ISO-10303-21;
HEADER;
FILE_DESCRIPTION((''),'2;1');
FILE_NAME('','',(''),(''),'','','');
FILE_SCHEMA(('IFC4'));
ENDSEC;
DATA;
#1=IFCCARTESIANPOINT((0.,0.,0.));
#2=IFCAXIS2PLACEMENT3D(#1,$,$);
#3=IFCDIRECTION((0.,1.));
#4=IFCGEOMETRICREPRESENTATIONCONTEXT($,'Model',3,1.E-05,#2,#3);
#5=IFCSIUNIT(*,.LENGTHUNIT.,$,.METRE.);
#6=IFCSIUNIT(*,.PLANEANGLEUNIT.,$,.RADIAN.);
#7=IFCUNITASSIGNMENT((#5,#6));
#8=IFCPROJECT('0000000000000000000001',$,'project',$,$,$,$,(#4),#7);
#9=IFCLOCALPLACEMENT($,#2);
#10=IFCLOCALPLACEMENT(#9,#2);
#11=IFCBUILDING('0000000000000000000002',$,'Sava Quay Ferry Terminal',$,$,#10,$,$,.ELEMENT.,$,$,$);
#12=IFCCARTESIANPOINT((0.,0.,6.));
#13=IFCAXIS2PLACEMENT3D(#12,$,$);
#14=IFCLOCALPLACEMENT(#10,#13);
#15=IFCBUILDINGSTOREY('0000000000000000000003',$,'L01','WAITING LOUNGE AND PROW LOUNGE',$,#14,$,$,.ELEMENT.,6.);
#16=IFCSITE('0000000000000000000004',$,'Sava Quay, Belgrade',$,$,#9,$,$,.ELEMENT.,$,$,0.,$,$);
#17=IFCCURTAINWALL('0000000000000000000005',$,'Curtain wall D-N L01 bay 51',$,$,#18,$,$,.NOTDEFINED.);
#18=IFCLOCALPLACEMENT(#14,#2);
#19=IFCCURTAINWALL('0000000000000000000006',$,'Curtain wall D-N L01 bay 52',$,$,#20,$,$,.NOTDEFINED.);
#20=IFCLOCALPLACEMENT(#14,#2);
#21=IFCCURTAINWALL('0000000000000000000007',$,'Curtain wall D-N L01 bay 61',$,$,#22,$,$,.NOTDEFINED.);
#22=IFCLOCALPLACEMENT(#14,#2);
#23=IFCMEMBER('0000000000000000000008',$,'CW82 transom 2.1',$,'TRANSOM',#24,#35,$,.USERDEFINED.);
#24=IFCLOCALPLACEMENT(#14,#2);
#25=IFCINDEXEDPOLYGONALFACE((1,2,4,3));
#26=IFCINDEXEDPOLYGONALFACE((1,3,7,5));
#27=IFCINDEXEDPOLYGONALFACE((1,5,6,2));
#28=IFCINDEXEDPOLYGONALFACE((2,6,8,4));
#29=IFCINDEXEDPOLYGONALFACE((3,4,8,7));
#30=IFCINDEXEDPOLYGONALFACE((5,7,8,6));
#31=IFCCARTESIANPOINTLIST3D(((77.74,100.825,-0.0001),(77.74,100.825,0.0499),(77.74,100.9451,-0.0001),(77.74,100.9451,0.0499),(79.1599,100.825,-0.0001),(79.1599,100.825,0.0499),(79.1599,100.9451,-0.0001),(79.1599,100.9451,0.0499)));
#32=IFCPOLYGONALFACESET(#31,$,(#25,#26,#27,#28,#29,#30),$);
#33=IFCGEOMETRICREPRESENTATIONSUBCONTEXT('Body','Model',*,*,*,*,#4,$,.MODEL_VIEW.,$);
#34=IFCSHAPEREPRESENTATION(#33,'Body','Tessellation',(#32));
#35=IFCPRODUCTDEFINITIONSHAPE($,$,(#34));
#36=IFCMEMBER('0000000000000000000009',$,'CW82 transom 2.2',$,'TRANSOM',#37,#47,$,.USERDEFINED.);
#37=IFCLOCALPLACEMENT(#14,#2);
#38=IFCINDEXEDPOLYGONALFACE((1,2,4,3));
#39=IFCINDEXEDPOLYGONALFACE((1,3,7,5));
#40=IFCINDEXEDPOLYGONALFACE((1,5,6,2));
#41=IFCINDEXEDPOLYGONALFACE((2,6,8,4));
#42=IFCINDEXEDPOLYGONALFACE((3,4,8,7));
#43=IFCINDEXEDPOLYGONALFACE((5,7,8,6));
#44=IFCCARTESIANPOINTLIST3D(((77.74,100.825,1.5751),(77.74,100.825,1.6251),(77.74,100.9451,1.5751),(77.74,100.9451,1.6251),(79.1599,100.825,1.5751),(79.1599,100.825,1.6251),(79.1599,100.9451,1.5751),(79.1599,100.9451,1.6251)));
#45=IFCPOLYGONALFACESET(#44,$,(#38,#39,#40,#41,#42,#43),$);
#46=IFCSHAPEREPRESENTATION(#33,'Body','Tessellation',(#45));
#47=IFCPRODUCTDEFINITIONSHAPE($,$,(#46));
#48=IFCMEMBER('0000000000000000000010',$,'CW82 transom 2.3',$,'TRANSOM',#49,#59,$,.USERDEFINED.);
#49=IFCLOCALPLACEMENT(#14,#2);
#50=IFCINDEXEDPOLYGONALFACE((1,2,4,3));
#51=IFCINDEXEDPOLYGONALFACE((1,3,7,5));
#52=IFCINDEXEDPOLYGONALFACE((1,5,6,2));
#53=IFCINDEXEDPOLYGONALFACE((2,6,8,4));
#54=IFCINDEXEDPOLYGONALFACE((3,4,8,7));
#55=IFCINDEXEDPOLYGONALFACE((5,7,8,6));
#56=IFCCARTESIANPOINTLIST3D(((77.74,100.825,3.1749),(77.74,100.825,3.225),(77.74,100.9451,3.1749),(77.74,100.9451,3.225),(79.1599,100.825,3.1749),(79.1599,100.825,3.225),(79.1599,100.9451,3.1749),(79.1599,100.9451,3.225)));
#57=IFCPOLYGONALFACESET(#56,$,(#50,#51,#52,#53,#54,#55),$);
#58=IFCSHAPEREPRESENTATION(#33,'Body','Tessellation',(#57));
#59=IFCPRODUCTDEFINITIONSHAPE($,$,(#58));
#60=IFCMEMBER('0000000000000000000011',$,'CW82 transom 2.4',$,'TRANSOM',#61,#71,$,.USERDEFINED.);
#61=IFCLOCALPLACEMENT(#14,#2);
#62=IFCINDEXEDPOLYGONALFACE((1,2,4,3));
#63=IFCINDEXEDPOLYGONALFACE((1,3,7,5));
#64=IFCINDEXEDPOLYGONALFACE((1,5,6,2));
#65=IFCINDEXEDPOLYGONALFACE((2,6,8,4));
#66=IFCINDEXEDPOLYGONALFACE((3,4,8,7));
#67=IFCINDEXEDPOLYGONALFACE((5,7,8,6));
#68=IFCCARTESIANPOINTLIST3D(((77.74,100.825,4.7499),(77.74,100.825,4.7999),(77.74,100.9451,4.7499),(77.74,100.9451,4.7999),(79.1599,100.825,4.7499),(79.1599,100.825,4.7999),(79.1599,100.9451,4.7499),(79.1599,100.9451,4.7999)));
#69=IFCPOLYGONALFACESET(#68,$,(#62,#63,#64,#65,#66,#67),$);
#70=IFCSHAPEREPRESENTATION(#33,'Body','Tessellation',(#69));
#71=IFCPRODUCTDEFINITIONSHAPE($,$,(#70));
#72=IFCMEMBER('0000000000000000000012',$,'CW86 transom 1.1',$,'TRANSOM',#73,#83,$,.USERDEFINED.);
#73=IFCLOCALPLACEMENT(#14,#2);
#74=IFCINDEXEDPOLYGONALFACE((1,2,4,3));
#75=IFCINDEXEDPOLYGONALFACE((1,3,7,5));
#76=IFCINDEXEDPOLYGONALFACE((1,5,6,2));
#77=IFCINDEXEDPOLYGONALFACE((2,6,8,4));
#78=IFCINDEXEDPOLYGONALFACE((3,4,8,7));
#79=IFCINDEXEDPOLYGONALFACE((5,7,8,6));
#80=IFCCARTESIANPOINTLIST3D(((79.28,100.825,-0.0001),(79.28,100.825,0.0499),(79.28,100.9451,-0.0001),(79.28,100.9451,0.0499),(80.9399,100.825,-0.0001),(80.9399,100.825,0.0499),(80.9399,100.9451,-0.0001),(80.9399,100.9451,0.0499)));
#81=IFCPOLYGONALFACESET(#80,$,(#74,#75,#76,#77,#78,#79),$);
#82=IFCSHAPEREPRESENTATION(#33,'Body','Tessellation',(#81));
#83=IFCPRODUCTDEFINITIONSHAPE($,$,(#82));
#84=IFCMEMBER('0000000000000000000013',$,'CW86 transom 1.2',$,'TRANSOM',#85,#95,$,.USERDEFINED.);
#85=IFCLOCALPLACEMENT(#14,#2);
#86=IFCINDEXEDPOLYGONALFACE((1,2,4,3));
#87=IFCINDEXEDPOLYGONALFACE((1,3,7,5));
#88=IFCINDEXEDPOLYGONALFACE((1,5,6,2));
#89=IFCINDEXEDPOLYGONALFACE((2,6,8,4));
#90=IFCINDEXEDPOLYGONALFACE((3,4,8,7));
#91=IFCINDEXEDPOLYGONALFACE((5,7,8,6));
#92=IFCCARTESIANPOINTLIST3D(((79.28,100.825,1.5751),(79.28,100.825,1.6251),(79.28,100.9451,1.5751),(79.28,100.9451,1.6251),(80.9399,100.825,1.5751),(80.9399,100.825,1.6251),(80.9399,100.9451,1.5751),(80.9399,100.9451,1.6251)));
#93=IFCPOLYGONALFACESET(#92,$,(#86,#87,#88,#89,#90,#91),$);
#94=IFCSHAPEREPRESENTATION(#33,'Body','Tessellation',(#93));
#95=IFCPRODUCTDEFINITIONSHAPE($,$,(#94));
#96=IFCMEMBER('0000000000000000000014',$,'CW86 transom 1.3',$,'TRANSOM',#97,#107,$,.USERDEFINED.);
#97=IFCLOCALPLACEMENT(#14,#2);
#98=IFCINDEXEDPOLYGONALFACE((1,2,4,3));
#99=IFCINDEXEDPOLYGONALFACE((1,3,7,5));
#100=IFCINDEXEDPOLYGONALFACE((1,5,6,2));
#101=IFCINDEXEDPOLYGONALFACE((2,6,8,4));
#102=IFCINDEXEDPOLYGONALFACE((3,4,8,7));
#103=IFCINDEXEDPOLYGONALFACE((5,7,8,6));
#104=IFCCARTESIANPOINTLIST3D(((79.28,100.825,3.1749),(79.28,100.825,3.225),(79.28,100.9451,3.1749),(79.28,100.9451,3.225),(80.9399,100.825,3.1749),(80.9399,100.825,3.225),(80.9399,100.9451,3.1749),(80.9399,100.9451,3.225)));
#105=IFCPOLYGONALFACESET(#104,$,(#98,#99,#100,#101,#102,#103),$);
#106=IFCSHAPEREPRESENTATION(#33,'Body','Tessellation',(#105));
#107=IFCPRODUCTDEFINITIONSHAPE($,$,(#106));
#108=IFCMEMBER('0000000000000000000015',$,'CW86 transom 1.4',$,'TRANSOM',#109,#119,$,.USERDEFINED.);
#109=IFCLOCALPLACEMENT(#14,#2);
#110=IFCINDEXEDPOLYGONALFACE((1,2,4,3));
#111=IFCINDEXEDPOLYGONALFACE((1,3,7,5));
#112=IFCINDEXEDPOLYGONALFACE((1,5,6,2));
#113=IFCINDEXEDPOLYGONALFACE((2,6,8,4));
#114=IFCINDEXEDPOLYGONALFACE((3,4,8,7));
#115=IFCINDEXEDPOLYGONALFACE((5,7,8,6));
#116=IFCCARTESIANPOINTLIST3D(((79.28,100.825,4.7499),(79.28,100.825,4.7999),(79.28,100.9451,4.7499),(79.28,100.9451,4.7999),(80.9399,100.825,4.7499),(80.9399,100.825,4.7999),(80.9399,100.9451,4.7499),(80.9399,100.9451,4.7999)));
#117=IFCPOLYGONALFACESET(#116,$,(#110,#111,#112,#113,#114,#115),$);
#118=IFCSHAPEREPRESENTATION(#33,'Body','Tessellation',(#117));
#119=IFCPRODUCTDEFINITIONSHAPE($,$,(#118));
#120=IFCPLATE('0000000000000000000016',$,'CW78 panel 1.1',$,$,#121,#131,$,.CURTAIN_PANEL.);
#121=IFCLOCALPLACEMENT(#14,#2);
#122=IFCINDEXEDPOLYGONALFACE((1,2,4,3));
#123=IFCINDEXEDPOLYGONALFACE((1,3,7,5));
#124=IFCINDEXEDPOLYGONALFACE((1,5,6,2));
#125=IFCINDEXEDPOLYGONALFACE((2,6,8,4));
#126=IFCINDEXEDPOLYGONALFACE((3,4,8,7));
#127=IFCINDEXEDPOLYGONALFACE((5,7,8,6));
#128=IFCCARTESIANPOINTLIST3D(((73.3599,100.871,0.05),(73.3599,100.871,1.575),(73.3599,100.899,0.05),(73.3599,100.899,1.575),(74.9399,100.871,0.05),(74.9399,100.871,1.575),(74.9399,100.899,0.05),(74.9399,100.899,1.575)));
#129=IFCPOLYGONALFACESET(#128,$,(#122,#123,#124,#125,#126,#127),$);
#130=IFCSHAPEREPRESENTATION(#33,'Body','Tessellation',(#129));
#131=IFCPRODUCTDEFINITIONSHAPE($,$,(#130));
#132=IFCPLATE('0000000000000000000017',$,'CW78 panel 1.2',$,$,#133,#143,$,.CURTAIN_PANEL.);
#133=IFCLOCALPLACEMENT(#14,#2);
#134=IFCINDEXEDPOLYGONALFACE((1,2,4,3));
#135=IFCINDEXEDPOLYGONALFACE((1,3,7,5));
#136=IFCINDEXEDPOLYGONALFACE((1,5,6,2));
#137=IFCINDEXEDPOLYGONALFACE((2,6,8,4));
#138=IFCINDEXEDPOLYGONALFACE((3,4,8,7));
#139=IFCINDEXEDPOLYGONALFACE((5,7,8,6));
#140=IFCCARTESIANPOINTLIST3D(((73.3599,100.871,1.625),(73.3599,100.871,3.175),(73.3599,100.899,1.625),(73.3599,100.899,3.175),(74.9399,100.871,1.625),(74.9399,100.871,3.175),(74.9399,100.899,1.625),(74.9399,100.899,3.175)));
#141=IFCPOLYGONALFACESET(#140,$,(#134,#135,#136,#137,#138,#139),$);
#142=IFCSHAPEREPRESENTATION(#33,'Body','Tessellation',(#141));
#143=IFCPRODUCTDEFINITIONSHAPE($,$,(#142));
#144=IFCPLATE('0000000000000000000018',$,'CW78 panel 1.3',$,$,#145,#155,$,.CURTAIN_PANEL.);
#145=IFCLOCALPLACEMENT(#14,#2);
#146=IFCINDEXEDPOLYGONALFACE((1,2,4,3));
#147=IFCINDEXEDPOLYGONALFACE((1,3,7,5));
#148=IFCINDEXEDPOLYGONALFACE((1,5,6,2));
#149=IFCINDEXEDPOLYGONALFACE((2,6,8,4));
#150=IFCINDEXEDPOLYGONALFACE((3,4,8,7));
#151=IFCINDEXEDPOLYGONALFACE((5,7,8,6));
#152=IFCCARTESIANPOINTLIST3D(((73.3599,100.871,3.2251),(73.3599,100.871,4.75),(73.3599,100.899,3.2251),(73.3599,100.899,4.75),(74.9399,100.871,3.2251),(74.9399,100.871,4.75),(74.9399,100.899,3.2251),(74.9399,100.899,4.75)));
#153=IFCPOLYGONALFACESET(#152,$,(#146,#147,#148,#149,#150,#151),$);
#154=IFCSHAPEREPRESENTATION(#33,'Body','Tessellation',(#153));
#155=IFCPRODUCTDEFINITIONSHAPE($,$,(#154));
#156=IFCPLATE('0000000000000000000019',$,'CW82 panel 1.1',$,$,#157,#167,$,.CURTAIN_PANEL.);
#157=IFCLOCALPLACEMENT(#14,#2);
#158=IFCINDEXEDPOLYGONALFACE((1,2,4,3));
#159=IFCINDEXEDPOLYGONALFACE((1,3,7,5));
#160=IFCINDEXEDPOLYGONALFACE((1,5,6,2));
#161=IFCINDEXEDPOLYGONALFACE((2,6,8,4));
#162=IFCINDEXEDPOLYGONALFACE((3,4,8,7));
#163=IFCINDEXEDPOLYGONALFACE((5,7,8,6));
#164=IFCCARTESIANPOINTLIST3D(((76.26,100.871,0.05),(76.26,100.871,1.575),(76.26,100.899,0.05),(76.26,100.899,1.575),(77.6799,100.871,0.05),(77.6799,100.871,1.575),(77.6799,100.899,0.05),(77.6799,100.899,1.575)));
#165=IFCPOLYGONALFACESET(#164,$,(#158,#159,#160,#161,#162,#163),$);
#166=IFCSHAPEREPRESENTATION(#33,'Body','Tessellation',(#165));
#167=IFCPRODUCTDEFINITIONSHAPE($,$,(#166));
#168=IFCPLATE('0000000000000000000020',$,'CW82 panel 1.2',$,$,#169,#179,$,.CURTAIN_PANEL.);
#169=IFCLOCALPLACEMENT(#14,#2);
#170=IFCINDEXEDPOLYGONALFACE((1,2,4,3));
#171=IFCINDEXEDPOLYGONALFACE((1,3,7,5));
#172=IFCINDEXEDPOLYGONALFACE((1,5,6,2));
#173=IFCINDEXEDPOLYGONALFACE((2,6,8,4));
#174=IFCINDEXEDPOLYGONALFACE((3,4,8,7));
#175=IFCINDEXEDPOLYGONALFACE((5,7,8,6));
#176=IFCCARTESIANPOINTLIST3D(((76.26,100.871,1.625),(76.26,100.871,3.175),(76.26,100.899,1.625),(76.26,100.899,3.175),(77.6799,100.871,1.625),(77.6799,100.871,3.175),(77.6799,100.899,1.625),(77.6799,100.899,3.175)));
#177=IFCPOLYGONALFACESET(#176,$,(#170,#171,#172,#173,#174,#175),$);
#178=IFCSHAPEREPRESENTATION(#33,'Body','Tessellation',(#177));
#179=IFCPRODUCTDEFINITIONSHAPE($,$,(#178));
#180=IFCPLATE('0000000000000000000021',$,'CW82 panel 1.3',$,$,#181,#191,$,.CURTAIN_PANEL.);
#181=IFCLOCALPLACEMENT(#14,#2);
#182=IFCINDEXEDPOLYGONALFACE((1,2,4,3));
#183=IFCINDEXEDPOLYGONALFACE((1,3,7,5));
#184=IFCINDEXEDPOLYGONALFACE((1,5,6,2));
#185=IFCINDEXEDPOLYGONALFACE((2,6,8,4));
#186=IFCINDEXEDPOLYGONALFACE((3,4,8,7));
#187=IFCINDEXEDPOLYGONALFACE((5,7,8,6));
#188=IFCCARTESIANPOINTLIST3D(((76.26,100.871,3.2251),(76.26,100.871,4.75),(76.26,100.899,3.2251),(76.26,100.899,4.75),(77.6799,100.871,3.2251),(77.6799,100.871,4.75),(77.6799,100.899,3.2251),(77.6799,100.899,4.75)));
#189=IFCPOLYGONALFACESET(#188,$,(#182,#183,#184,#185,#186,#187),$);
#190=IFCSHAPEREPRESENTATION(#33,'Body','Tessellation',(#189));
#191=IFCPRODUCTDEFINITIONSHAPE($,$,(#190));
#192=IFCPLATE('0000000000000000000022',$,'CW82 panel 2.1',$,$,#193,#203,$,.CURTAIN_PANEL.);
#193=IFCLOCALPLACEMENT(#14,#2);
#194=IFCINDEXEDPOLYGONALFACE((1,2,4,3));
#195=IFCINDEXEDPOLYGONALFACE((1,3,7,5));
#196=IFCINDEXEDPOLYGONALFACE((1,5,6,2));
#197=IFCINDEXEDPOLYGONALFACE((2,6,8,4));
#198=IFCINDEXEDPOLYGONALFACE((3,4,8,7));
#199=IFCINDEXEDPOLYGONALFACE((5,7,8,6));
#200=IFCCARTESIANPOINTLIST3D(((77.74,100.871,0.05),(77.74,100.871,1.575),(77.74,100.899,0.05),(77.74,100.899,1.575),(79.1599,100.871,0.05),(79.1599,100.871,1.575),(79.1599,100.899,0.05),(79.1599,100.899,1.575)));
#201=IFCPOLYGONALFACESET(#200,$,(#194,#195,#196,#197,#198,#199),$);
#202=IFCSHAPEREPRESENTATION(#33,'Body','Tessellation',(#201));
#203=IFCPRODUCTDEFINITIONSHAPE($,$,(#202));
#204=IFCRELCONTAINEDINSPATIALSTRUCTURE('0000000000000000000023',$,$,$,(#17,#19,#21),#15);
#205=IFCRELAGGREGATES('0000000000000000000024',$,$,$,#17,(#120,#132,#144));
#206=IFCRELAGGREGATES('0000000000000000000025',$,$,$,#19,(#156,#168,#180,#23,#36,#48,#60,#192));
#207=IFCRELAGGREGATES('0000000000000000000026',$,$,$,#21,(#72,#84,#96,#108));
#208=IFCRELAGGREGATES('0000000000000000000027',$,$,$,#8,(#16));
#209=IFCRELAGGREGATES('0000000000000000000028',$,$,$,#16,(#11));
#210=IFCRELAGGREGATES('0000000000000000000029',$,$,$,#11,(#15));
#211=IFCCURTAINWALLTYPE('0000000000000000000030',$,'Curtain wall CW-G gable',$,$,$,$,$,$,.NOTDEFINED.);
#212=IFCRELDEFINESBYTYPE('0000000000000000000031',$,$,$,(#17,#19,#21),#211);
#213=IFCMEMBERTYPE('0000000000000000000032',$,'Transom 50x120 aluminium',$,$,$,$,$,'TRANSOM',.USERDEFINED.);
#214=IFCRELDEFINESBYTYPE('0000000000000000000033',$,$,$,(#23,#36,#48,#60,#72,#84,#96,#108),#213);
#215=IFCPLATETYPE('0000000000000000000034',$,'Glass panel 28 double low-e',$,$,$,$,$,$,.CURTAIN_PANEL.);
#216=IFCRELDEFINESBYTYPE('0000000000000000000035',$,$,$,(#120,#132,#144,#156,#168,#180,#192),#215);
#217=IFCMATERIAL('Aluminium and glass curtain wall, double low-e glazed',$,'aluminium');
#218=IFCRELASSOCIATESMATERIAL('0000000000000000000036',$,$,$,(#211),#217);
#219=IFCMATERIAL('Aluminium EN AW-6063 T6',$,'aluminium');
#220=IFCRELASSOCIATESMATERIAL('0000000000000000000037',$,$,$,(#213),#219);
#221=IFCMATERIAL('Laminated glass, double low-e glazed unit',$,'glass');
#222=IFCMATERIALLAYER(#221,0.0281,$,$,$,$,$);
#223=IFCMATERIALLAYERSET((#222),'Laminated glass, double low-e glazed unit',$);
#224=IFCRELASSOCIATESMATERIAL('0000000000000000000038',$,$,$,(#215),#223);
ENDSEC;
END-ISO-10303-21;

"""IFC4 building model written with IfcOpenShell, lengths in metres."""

from ifc_helpers import new_model, si_unit, direction, frame, origin, origin_2d, place, context, subcontext, project, spatial, rectangle, extrude, material, layer, layer_set, material_profile, profile_set, type_object, element, aggregate, save


model = new_model("IFC4")

# Units and contexts
model_context = context("Model", 3, precision=1e-05, world=origin(), true_north=direction((0.0, 1.0)))
body_context = subcontext(model_context, "Body", "Model", "MODEL_VIEW")
ifc_project = project(units=[si_unit("LENGTHUNIT", "METRE"), si_unit("PLANEANGLEUNIT", "RADIAN")], contexts=[model_context])

# Site, building, storey
site_placement = place(None, origin())
site = spatial("IfcSite", under=ifc_project, at=site_placement, Name="Sava Quay, Belgrade", CompositionType="ELEMENT", RefElevation=0.0)
building_placement = place(site_placement, origin())
building = spatial("IfcBuilding", under=site, at=building_placement, Name="Sava Quay Ferry Terminal", CompositionType="ELEMENT")
storey_placement = place(building_placement, frame((0.0, 0.0, 6.0)))
storey = spatial("IfcBuildingStorey", under=building, at=storey_placement, Name="L01", Description="WAITING LOUNGE AND PROW LOUNGE", CompositionType="ELEMENT", Elevation=6.0)

# Shared definitions
ifc_material_1 = material(Name="Aluminium and glass curtain wall, double low-e glazed", Category="aluminium")
curtain_wall_type = type_object("IfcCurtainWallType", Name="Curtain wall CW-G gable", PredefinedType="NOTDEFINED", material=ifc_material_1)

# Curtain walls
curtain_wall_1_placement = place(storey_placement, origin())
curtain_wall_1 = element("IfcCurtainWall", 1, at=curtain_wall_1_placement, inside=storey, type_object=curtain_wall_type, Name="Curtain wall D-N L01 bay 51", PredefinedType="NOTDEFINED")
curtain_wall_2_placement = place(storey_placement, origin())
curtain_wall_2 = element("IfcCurtainWall", 2, at=curtain_wall_2_placement, inside=storey, type_object=curtain_wall_type, Name="Curtain wall D-N L01 bay 52", PredefinedType="NOTDEFINED")
curtain_wall_3_placement = place(storey_placement, origin())
curtain_wall_3 = element("IfcCurtainWall", 3, at=curtain_wall_3_placement, inside=storey, type_object=curtain_wall_type, Name="Curtain wall D-N L01 bay 61", PredefinedType="NOTDEFINED")

# Members
ifc_material_2 = material(Name="Aluminium EN AW-6063 T6", Category="aluminium")
ifc_material_profile_1 = material_profile(ifc_material_2, rectangle(XDim=0.1201, YDim=0.05, at=origin_2d()), Name="Transom 50x120 aluminium")
ifc_profile_set_1 = profile_set([ifc_material_profile_1], Name="Aluminium EN AW-6063 T6")
member_type_1 = type_object("IfcMemberType", Name="Transom 50x120 aluminium", ElementType="TRANSOM", PredefinedType="USERDEFINED", material=ifc_profile_set_1)
member_1_placement = place(storey_placement, frame((77.74, 100.885, 0.0249), z_axis=(1.0, 0.0, 0.0), x_axis=(0.0, 1.0, 0.0)))
member_1 = element("IfcMember", 4, at=member_1_placement, type_object=member_type_1, Name="CW82 transom 2.1", ObjectType="TRANSOM", PredefinedType="USERDEFINED", context=body_context, shape_type="SweptSolid", body=[
    extrude(rectangle(XDim=0.1201, YDim=0.05, at=origin_2d()), origin(), (0.0, 0.0, 1.0), 1.4199),
])
member_2_placement = place(storey_placement, frame((77.74, 100.885, 1.6001), z_axis=(1.0, 0.0, 0.0), x_axis=(0.0, 1.0, 0.0)))
member_2 = element("IfcMember", 5, at=member_2_placement, type_object=member_type_1, Name="CW82 transom 2.2", ObjectType="TRANSOM", PredefinedType="USERDEFINED", context=body_context, shape_type="SweptSolid", body=[
    extrude(rectangle(XDim=0.1201, YDim=0.05, at=origin_2d()), origin(), (0.0, 0.0, 1.0), 1.4199),
])
member_3_placement = place(storey_placement, frame((77.74, 100.885, 3.2), z_axis=(1.0, 0.0, 0.0), x_axis=(0.0, 1.0, 0.0)))
member_3 = element("IfcMember", 6, at=member_3_placement, type_object=member_type_1, Name="CW82 transom 2.3", ObjectType="TRANSOM", PredefinedType="USERDEFINED", context=body_context, shape_type="SweptSolid", body=[
    extrude(rectangle(XDim=0.1201, YDim=0.05, at=origin_2d()), origin(), (0.0, 0.0, 1.0), 1.4199),
])
member_4_placement = place(storey_placement, frame((77.74, 100.885, 4.7749), z_axis=(1.0, 0.0, 0.0), x_axis=(0.0, 1.0, 0.0)))
member_4 = element("IfcMember", 7, at=member_4_placement, type_object=member_type_1, Name="CW82 transom 2.4", ObjectType="TRANSOM", PredefinedType="USERDEFINED", context=body_context, shape_type="SweptSolid", body=[
    extrude(rectangle(XDim=0.1201, YDim=0.05, at=origin_2d()), origin(), (0.0, 0.0, 1.0), 1.4199),
])
member_5_placement = place(storey_placement, frame((79.28, 100.885, 0.0249), z_axis=(1.0, 0.0, 0.0), x_axis=(0.0, 1.0, 0.0)))
member_5 = element("IfcMember", 8, at=member_5_placement, type_object=member_type_1, Name="CW86 transom 1.1", ObjectType="TRANSOM", PredefinedType="USERDEFINED", context=body_context, shape_type="SweptSolid", body=[
    extrude(rectangle(XDim=0.1201, YDim=0.05, at=origin_2d()), origin(), (0.0, 0.0, 1.0), 1.6599),
])
member_6_placement = place(storey_placement, frame((79.28, 100.885, 1.6001), z_axis=(1.0, 0.0, 0.0), x_axis=(0.0, 1.0, 0.0)))
member_6 = element("IfcMember", 9, at=member_6_placement, type_object=member_type_1, Name="CW86 transom 1.2", ObjectType="TRANSOM", PredefinedType="USERDEFINED", context=body_context, shape_type="SweptSolid", body=[
    extrude(rectangle(XDim=0.1201, YDim=0.05, at=origin_2d()), origin(), (0.0, 0.0, 1.0), 1.6599),
])
member_7_placement = place(storey_placement, frame((79.28, 100.885, 3.2), z_axis=(1.0, 0.0, 0.0), x_axis=(0.0, 1.0, 0.0)))
member_7 = element("IfcMember", 10, at=member_7_placement, type_object=member_type_1, Name="CW86 transom 1.3", ObjectType="TRANSOM", PredefinedType="USERDEFINED", context=body_context, shape_type="SweptSolid", body=[
    extrude(rectangle(XDim=0.1201, YDim=0.05, at=origin_2d()), origin(), (0.0, 0.0, 1.0), 1.6599),
])
member_8_placement = place(storey_placement, frame((79.28, 100.885, 4.7749), z_axis=(1.0, 0.0, 0.0), x_axis=(0.0, 1.0, 0.0)))
member_8 = element("IfcMember", 11, at=member_8_placement, type_object=member_type_1, Name="CW86 transom 1.4", ObjectType="TRANSOM", PredefinedType="USERDEFINED", context=body_context, shape_type="SweptSolid", body=[
    extrude(rectangle(XDim=0.1201, YDim=0.05, at=origin_2d()), origin(), (0.0, 0.0, 1.0), 1.6599),
])

# Plates
ifc_material_3 = material(Name="Laminated glass, double low-e glazed unit", Category="glass")
ifc_layer_1 = layer(ifc_material_3, 0.0281)
ifc_layer_set_1 = layer_set([ifc_layer_1], Name="Laminated glass, double low-e glazed unit")
plate_type = type_object("IfcPlateType", Name="Glass panel 28 double low-e", PredefinedType="CURTAIN_PANEL", material=ifc_layer_set_1)
plate_1_placement = place(storey_placement, frame((74.1499, 100.885, 0.05), z_axis=(0.0, 0.0, 1.0), x_axis=(1.0, 0.0, 0.0)))
plate_1 = element("IfcPlate", 12, at=plate_1_placement, type_object=plate_type, Name="CW78 panel 1.1", PredefinedType="CURTAIN_PANEL", context=body_context, shape_type="SweptSolid", body=[
    extrude(rectangle(XDim=1.5801, YDim=0.0281, at=origin_2d()), origin(), (0.0, 0.0, 1.0), 1.5249),
])
plate_2_placement = place(storey_placement, frame((74.1499, 100.885, 1.625), z_axis=(0.0, 0.0, 1.0), x_axis=(1.0, 0.0, 0.0)))
plate_2 = element("IfcPlate", 13, at=plate_2_placement, type_object=plate_type, Name="CW78 panel 1.2", PredefinedType="CURTAIN_PANEL", context=body_context, shape_type="SweptSolid", body=[
    extrude(rectangle(XDim=1.5801, YDim=0.0281, at=origin_2d()), origin(), (0.0, 0.0, 1.0), 1.55),
])
plate_3_placement = place(storey_placement, frame((74.1499, 100.885, 3.2251), z_axis=(0.0, 0.0, 1.0), x_axis=(1.0, 0.0, 0.0)))
plate_3 = element("IfcPlate", 14, at=plate_3_placement, type_object=plate_type, Name="CW78 panel 1.3", PredefinedType="CURTAIN_PANEL", context=body_context, shape_type="SweptSolid", body=[
    extrude(rectangle(XDim=1.5801, YDim=0.0281, at=origin_2d()), origin(), (0.0, 0.0, 1.0), 1.5249),
])
aggregate(curtain_wall_1, [plate_1, plate_2, plate_3])
plate_4_placement = place(storey_placement, frame((76.97, 100.885, 0.05), z_axis=(0.0, 0.0, 1.0), x_axis=(1.0, 0.0, 0.0)))
plate_4 = element("IfcPlate", 15, at=plate_4_placement, type_object=plate_type, Name="CW82 panel 1.1", PredefinedType="CURTAIN_PANEL", context=body_context, shape_type="SweptSolid", body=[
    extrude(rectangle(XDim=1.4199, YDim=0.0281, at=origin_2d()), origin(), (0.0, 0.0, 1.0), 1.5249),
])
plate_5_placement = place(storey_placement, frame((76.97, 100.885, 1.625), z_axis=(0.0, 0.0, 1.0), x_axis=(1.0, 0.0, 0.0)))
plate_5 = element("IfcPlate", 16, at=plate_5_placement, type_object=plate_type, Name="CW82 panel 1.2", PredefinedType="CURTAIN_PANEL", context=body_context, shape_type="SweptSolid", body=[
    extrude(rectangle(XDim=1.4199, YDim=0.0281, at=origin_2d()), origin(), (0.0, 0.0, 1.0), 1.55),
])
plate_6_placement = place(storey_placement, frame((76.97, 100.885, 3.2251), z_axis=(0.0, 0.0, 1.0), x_axis=(1.0, 0.0, 0.0)))
plate_6 = element("IfcPlate", 17, at=plate_6_placement, type_object=plate_type, Name="CW82 panel 1.3", PredefinedType="CURTAIN_PANEL", context=body_context, shape_type="SweptSolid", body=[
    extrude(rectangle(XDim=1.4199, YDim=0.0281, at=origin_2d()), origin(), (0.0, 0.0, 1.0), 1.5249),
])
plate_7_placement = place(storey_placement, frame((78.45, 100.885, 0.05), z_axis=(0.0, 0.0, 1.0), x_axis=(1.0, 0.0, 0.0)))
plate_7 = element("IfcPlate", 18, at=plate_7_placement, type_object=plate_type, Name="CW82 panel 2.1", PredefinedType="CURTAIN_PANEL", context=body_context, shape_type="SweptSolid", body=[
    extrude(rectangle(XDim=1.4199, YDim=0.0281, at=origin_2d()), origin(), (0.0, 0.0, 1.0), 1.5249),
])
aggregate(curtain_wall_2, [plate_4, plate_5, plate_6, member_1, member_2, member_3, member_4, plate_7])
aggregate(curtain_wall_3, [member_5, member_6, member_7, member_8])

save(model, "model.ifc")
